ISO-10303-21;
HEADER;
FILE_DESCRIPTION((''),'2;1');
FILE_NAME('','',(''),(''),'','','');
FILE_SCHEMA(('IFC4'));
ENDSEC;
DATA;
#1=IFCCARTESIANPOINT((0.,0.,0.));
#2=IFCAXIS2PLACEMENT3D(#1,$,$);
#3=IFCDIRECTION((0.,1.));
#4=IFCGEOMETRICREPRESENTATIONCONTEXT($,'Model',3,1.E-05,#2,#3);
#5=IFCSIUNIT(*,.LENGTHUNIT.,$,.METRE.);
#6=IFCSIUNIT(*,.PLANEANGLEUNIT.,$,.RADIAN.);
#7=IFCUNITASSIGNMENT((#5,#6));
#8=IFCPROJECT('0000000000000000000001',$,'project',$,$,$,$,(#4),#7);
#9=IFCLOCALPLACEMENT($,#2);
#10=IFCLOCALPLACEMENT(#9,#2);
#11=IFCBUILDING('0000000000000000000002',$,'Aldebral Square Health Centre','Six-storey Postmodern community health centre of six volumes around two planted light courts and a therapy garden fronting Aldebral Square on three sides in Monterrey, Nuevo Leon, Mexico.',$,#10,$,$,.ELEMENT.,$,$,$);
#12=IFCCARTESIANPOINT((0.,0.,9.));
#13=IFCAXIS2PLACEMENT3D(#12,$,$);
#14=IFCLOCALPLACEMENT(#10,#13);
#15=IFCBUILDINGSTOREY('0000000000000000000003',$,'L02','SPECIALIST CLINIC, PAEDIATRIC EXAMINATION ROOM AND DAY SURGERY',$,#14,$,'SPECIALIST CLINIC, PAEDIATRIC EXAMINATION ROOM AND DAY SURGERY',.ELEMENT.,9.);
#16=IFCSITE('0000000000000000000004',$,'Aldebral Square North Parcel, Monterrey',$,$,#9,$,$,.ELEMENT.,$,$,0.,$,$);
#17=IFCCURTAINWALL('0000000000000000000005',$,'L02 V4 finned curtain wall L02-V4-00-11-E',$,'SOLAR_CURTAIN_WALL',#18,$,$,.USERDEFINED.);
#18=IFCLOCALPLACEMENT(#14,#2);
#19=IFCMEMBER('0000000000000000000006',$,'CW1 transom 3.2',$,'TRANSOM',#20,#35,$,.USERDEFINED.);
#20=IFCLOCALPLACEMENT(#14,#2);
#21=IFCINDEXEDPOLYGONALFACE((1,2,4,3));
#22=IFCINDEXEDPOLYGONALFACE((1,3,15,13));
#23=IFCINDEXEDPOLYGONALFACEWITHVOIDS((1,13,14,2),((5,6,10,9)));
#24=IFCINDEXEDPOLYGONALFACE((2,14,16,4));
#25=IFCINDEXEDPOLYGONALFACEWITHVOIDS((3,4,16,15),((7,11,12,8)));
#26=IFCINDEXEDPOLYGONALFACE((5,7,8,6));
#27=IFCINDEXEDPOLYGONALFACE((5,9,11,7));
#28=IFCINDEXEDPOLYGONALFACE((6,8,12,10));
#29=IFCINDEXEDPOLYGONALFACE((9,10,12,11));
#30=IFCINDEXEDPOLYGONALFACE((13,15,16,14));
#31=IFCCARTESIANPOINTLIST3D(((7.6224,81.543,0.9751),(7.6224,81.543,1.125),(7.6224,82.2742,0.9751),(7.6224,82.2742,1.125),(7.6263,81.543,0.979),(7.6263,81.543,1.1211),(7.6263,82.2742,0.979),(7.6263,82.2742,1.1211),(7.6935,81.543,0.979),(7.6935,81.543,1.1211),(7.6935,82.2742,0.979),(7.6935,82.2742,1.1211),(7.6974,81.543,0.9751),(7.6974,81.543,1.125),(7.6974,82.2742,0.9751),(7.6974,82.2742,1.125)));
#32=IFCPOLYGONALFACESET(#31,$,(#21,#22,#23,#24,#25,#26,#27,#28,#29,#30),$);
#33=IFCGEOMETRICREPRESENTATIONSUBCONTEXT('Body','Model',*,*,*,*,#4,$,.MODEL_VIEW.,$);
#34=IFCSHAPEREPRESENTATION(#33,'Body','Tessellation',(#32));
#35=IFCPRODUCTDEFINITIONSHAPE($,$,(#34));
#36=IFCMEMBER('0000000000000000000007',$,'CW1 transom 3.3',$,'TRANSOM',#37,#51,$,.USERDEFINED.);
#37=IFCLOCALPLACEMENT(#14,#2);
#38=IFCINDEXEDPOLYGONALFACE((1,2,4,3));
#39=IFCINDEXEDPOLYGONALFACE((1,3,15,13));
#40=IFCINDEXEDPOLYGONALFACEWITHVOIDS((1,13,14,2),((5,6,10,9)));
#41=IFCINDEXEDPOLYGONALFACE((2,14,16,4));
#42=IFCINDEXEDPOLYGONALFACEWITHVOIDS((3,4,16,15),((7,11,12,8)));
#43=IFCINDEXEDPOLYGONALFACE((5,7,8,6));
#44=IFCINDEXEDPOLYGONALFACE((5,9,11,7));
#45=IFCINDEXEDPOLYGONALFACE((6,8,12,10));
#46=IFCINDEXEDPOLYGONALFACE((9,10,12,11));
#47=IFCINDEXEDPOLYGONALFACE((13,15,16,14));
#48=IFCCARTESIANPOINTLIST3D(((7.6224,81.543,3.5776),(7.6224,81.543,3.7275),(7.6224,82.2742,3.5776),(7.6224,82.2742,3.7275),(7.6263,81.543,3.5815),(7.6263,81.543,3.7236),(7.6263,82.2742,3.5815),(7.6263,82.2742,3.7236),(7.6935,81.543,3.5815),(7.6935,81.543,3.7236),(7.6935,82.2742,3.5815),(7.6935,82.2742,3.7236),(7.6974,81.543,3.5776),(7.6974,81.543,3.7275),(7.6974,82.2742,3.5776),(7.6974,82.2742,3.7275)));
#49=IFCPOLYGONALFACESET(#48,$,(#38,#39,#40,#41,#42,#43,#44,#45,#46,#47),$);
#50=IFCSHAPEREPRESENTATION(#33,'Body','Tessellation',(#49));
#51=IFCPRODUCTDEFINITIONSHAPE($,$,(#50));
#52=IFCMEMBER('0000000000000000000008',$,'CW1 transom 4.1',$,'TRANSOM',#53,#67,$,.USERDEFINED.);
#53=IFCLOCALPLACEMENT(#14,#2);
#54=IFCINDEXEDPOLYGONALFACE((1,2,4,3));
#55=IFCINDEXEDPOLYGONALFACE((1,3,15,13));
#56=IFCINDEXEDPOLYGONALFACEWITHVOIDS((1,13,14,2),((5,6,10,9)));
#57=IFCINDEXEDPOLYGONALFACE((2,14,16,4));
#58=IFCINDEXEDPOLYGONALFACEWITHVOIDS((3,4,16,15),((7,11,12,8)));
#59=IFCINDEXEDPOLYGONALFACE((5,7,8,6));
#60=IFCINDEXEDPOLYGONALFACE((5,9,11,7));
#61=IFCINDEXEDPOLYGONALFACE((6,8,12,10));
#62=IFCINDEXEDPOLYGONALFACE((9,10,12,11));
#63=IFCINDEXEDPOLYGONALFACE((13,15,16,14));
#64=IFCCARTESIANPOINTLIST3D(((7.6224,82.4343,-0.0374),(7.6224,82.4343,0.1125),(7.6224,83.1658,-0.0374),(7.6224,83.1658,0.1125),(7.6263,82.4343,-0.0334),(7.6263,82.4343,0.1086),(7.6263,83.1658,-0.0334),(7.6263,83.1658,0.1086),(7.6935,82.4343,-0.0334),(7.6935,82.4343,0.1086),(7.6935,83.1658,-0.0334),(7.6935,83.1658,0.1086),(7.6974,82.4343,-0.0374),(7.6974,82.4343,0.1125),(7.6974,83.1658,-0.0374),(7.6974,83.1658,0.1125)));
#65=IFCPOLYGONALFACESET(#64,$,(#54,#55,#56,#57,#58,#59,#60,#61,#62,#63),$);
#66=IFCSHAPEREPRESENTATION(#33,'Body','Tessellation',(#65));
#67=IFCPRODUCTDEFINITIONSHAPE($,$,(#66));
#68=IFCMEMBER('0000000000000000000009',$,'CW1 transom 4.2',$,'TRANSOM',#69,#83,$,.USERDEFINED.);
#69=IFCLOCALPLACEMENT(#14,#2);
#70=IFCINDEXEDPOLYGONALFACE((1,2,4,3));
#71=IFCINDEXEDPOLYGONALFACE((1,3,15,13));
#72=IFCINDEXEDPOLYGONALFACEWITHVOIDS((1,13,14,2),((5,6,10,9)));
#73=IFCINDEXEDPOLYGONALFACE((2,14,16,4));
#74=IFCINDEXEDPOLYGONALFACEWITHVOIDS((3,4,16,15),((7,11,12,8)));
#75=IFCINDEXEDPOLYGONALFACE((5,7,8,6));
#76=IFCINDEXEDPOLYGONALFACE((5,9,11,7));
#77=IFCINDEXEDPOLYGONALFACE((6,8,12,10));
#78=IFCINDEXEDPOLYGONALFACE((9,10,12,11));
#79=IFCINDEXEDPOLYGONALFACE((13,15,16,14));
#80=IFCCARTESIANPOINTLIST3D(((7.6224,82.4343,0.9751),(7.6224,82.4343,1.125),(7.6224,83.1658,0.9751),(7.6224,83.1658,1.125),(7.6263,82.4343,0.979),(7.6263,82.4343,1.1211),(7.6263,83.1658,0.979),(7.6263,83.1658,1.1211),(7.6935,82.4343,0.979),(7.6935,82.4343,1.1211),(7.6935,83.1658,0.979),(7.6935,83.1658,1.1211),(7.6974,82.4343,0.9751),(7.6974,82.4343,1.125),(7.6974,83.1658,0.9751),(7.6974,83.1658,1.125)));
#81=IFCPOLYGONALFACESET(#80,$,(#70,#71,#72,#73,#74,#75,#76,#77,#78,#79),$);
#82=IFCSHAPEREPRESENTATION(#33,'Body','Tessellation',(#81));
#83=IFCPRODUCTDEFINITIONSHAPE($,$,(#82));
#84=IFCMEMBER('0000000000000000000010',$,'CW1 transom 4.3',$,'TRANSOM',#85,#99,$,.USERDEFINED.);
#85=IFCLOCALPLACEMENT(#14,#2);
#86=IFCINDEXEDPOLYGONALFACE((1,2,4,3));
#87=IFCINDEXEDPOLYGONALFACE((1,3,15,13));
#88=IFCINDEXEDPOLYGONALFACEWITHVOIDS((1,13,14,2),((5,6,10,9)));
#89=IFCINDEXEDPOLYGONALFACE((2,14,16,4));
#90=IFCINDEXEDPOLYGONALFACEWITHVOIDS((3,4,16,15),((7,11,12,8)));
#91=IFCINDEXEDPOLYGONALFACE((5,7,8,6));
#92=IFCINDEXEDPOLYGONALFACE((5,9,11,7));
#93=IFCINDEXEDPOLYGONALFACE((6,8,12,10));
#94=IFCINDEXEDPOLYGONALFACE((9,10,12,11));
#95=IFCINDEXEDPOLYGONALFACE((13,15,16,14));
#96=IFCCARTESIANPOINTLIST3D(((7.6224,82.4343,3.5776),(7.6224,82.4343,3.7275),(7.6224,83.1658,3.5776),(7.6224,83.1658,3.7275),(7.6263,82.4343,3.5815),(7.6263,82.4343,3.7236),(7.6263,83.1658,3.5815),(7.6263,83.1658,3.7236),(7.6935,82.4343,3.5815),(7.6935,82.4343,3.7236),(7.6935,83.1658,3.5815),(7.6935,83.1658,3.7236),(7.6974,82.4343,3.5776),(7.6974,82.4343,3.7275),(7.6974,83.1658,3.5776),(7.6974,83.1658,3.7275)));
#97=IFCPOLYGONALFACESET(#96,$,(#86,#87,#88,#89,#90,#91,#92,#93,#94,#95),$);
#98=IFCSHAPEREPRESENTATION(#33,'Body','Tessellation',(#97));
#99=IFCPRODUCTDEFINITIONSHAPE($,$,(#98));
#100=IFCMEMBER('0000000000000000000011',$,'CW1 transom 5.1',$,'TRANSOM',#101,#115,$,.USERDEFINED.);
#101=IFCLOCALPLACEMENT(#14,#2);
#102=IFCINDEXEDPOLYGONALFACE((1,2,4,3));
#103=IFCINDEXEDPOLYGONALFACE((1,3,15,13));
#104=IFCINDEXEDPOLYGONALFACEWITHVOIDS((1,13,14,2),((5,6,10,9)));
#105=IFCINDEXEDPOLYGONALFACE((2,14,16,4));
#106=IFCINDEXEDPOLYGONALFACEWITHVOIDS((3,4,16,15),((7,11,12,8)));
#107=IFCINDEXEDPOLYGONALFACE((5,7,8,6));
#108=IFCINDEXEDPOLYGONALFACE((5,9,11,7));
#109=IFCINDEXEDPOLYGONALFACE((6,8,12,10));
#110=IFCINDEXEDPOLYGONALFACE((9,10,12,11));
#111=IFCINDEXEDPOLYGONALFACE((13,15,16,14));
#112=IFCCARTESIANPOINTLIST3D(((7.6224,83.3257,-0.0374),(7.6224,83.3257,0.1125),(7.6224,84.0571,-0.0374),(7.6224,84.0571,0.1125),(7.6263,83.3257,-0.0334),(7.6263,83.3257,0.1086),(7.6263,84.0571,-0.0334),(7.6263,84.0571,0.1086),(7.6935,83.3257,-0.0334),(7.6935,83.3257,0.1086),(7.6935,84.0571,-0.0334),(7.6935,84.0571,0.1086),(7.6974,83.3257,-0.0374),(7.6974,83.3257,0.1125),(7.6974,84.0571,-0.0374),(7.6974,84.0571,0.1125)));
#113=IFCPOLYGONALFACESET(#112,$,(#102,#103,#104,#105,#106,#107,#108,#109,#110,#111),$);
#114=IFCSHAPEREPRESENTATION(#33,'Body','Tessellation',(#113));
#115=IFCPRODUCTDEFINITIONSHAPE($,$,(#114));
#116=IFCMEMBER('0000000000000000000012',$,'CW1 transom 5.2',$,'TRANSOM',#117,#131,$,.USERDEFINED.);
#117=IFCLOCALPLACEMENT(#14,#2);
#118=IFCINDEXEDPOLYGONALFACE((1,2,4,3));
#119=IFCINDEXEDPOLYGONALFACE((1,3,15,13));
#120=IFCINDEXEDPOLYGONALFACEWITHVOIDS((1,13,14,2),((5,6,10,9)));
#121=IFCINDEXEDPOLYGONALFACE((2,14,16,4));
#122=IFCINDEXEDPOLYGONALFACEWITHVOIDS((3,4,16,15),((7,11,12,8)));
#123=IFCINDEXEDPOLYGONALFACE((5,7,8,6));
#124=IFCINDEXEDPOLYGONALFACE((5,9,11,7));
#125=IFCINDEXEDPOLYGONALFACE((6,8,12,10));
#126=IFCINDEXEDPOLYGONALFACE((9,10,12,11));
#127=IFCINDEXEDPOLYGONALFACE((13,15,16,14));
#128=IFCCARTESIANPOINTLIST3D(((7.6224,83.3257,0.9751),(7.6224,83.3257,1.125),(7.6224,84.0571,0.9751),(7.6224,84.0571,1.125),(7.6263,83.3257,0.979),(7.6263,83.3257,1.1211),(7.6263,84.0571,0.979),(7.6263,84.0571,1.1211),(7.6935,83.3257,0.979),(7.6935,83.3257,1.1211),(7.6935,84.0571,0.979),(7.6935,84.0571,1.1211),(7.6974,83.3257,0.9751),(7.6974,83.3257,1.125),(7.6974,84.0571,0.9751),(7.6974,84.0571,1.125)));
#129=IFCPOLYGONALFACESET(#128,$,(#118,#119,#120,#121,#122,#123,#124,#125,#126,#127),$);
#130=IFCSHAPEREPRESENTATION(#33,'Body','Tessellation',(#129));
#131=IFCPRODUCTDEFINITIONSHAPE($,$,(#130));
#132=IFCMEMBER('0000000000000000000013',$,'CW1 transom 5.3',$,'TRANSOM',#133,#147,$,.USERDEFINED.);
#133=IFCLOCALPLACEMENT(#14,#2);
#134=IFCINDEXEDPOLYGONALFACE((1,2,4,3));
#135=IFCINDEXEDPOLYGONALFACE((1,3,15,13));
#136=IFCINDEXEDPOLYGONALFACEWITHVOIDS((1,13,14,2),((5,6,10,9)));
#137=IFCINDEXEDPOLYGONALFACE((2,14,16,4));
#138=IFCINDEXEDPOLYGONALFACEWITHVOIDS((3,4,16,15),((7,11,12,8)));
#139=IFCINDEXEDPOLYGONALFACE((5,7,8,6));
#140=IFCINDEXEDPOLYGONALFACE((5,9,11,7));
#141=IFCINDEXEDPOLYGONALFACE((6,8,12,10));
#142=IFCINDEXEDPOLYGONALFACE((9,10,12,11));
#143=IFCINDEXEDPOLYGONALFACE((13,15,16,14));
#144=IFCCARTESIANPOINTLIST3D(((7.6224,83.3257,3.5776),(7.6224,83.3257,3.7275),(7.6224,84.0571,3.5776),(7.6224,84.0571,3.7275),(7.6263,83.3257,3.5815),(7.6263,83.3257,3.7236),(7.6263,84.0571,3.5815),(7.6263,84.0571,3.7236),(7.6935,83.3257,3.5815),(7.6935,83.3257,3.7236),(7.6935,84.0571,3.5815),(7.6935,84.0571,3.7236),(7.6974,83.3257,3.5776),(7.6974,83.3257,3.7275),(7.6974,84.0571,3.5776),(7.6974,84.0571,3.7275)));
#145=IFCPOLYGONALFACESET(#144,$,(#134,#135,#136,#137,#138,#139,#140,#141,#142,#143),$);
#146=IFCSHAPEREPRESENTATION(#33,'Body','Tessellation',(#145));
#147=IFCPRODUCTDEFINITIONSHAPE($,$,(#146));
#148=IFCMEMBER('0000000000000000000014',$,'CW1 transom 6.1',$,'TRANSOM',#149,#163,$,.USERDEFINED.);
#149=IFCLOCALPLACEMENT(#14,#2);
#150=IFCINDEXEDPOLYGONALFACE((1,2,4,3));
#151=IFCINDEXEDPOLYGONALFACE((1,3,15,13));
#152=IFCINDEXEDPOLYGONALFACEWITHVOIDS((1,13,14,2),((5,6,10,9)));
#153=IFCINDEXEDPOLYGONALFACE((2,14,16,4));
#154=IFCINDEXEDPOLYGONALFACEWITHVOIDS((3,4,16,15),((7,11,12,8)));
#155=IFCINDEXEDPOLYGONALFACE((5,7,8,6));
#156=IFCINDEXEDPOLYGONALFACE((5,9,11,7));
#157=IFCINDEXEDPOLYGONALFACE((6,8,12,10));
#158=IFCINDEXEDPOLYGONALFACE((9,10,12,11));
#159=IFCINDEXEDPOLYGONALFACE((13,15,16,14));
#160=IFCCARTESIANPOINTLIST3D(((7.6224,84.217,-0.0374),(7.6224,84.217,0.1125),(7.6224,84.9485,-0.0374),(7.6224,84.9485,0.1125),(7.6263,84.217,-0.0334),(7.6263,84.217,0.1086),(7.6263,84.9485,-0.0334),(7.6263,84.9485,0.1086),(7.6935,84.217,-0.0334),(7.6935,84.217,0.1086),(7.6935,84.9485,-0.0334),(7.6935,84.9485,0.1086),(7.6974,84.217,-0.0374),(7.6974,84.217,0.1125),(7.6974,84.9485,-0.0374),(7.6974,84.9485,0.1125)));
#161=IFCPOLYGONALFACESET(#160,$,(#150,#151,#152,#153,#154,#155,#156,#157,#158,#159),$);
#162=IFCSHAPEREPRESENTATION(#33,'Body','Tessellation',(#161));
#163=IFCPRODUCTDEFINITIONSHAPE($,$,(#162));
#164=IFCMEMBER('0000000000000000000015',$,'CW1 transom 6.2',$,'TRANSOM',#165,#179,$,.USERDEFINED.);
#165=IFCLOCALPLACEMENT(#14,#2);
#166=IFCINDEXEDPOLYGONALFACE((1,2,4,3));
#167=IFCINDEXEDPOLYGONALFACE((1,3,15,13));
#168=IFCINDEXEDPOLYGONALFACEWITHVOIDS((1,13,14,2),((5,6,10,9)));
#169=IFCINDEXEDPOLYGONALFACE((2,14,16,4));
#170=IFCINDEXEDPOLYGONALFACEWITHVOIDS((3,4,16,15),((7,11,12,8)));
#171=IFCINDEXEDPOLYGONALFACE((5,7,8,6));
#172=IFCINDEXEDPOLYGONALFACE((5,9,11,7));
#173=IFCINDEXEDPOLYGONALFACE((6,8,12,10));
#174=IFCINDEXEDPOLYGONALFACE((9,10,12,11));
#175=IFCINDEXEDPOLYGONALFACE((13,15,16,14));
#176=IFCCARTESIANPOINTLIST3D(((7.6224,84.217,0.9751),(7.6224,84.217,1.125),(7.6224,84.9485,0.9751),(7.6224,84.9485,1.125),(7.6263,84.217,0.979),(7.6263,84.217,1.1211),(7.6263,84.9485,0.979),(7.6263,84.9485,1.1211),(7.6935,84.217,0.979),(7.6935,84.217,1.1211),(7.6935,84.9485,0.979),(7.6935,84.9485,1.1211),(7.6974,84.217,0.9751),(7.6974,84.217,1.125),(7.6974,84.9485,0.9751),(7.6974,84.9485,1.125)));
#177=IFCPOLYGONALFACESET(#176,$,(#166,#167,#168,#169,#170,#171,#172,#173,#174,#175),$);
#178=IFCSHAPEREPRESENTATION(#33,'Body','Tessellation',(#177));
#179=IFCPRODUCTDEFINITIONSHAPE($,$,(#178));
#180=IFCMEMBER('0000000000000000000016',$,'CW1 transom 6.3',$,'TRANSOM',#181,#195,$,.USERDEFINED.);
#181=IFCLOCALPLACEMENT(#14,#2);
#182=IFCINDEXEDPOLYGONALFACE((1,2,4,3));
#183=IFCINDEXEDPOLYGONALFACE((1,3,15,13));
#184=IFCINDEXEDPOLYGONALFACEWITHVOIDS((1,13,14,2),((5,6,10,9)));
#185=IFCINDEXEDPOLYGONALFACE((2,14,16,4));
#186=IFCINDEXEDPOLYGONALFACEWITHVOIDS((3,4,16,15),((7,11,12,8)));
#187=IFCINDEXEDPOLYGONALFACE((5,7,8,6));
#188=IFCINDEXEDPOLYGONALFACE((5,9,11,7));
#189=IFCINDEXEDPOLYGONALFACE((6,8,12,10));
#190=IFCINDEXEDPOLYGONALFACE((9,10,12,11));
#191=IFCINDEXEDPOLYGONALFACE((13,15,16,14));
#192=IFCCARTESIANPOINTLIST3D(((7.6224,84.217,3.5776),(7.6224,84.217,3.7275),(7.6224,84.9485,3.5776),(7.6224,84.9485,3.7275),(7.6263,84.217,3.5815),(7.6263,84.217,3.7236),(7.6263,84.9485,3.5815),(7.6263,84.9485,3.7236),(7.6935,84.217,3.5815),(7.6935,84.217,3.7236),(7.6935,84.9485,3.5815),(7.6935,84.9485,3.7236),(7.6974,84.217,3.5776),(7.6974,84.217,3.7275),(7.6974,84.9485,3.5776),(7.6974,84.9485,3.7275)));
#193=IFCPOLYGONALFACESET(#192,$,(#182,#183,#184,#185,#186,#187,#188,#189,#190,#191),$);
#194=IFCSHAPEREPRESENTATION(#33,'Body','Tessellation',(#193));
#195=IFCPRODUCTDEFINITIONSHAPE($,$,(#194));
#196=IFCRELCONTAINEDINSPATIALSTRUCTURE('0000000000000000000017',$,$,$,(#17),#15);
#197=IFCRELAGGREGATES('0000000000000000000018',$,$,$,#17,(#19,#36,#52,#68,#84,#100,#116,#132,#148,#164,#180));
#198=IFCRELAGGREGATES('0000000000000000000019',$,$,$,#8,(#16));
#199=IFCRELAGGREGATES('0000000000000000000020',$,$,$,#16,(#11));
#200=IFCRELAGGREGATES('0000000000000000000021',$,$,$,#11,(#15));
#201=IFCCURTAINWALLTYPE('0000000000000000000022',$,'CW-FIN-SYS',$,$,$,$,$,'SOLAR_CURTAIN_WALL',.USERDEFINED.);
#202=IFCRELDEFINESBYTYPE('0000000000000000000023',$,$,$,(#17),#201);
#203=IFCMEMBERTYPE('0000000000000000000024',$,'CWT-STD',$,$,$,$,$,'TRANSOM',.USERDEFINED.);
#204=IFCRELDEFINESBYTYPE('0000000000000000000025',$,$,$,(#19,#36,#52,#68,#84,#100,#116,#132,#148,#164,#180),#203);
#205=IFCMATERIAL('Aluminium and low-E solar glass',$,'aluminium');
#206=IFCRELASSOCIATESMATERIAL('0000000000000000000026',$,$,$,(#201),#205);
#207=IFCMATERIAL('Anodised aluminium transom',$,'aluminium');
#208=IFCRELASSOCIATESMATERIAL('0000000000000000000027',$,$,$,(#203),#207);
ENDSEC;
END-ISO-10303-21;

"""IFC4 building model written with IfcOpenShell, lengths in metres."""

from ifc_helpers import new_model, si_unit, direction, frame, origin, origin_2d, place, context, subcontext, project, spatial, hollow_rectangle, extrude, material, material_profile, profile_set, type_object, element, aggregate, save


model = new_model("IFC4")

# Units and contexts
model_context = context("Model", 3, precision=1e-05, world=origin(), true_north=direction((0.0, 1.0)))
body_context = subcontext(model_context, "Body", "Model", "MODEL_VIEW")
ifc_project = project(units=[si_unit("LENGTHUNIT", "METRE"), si_unit("PLANEANGLEUNIT", "RADIAN")], contexts=[model_context])

# Site, building, storey
site_placement = place(None, origin())
site = spatial("IfcSite", under=ifc_project, at=site_placement, Name="Aldebral Square North Parcel, Monterrey", CompositionType="ELEMENT", RefElevation=0.0)
building_placement = place(site_placement, origin())
building = spatial("IfcBuilding", under=site, at=building_placement, Name="Aldebral Square Health Centre", Description="Six-storey Postmodern community health centre of six volumes around two planted light courts and a therapy garden fronting Aldebral Square on three sides in Monterrey, Nuevo Leon, Mexico.", CompositionType="ELEMENT")
storey_placement = place(building_placement, frame((0.0, 0.0, 9.0)))
storey = spatial("IfcBuildingStorey", under=building, at=storey_placement, Name="L02", Description="SPECIALIST CLINIC, PAEDIATRIC EXAMINATION ROOM AND DAY SURGERY", LongName="SPECIALIST CLINIC, PAEDIATRIC EXAMINATION ROOM AND DAY SURGERY", CompositionType="ELEMENT", Elevation=9.0)

# Curtain wall, members
ifc_material_1 = material(Name="Aluminium and low-E solar glass", Category="aluminium")
curtain_wall_type = type_object("IfcCurtainWallType", Name="CW-FIN-SYS", ElementType="SOLAR_CURTAIN_WALL", PredefinedType="USERDEFINED", material=ifc_material_1)
curtain_wall_placement = place(storey_placement, origin())
curtain_wall = element("IfcCurtainWall", 1, at=curtain_wall_placement, inside=storey, type_object=curtain_wall_type, Name="L02 V4 finned curtain wall L02-V4-00-11-E", ObjectType="SOLAR_CURTAIN_WALL", PredefinedType="USERDEFINED")
ifc_material_2 = material(Name="Anodised aluminium transom", Category="aluminium")
ifc_material_profile_1 = material_profile(ifc_material_2, hollow_rectangle(XDim=0.075, YDim=0.1499, WallThickness=0.0039, at=origin_2d()), Name="CWT 75x150x4")
ifc_profile_set_1 = profile_set([ifc_material_profile_1], Name="Anodised aluminium transom")
member_type_1 = type_object("IfcMemberType", Name="CWT-STD", ElementType="TRANSOM", PredefinedType="USERDEFINED", material=ifc_profile_set_1)
member_1_placement = place(storey_placement, frame((7.6599, 81.543, 1.05), z_axis=(0.0, 1.0, 0.0), x_axis=(-1.0, 0.0, 0.0)))
member_1 = element("IfcMember", 2, at=member_1_placement, type_object=member_type_1, Name="CW1 transom 3.2", ObjectType="TRANSOM", PredefinedType="USERDEFINED", context=body_context, shape_type="SweptSolid", body=[
    extrude(hollow_rectangle(XDim=0.075, YDim=0.1499, WallThickness=0.0039, at=origin_2d()), origin(), (0.0, 0.0, 1.0), 0.7312),
])
member_2_placement = place(storey_placement, frame((7.6599, 81.543, 3.6526), z_axis=(0.0, 1.0, 0.0), x_axis=(-1.0, 0.0, 0.0)))
member_2 = element("IfcMember", 3, at=member_2_placement, type_object=member_type_1, Name="CW1 transom 3.3", ObjectType="TRANSOM", PredefinedType="USERDEFINED", context=body_context, shape_type="SweptSolid", body=[
    extrude(hollow_rectangle(XDim=0.075, YDim=0.1499, WallThickness=0.0039, at=origin_2d()), origin(), (0.0, 0.0, 1.0), 0.7312),
])
member_3_placement = place(storey_placement, frame((7.6599, 82.4343, 0.0376), z_axis=(0.0, 1.0, 0.0), x_axis=(-1.0, 0.0, 0.0)))
member_3 = element("IfcMember", 4, at=member_3_placement, type_object=member_type_1, Name="CW1 transom 4.1", ObjectType="TRANSOM", PredefinedType="USERDEFINED", context=body_context, shape_type="SweptSolid", body=[
    extrude(hollow_rectangle(XDim=0.075, YDim=0.1499, WallThickness=0.0039, at=origin_2d()), origin(), (0.0, 0.0, 1.0), 0.7314),
])
member_4_placement = place(storey_placement, frame((7.6599, 82.4343, 1.05), z_axis=(0.0, 1.0, 0.0), x_axis=(-1.0, 0.0, 0.0)))
member_4 = element("IfcMember", 5, at=member_4_placement, type_object=member_type_1, Name="CW1 transom 4.2", ObjectType="TRANSOM", PredefinedType="USERDEFINED", context=body_context, shape_type="SweptSolid", body=[
    extrude(hollow_rectangle(XDim=0.075, YDim=0.1499, WallThickness=0.0039, at=origin_2d()), origin(), (0.0, 0.0, 1.0), 0.7314),
])
member_5_placement = place(storey_placement, frame((7.6599, 82.4343, 3.6526), z_axis=(0.0, 1.0, 0.0), x_axis=(-1.0, 0.0, 0.0)))
member_5 = element("IfcMember", 6, at=member_5_placement, type_object=member_type_1, Name="CW1 transom 4.3", ObjectType="TRANSOM", PredefinedType="USERDEFINED", context=body_context, shape_type="SweptSolid", body=[
    extrude(hollow_rectangle(XDim=0.075, YDim=0.1499, WallThickness=0.0039, at=origin_2d()), origin(), (0.0, 0.0, 1.0), 0.7314),
])
member_6_placement = place(storey_placement, frame((7.6599, 83.3257, 0.0376), z_axis=(0.0, 1.0, 0.0), x_axis=(-1.0, 0.0, 0.0)))
member_6 = element("IfcMember", 7, at=member_6_placement, type_object=member_type_1, Name="CW1 transom 5.1", ObjectType="TRANSOM", PredefinedType="USERDEFINED", context=body_context, shape_type="SweptSolid", body=[
    extrude(hollow_rectangle(XDim=0.075, YDim=0.1499, WallThickness=0.0039, at=origin_2d()), origin(), (0.0, 0.0, 1.0), 0.7314),
])
member_7_placement = place(storey_placement, frame((7.6599, 83.3257, 1.05), z_axis=(0.0, 1.0, 0.0), x_axis=(-1.0, 0.0, 0.0)))
member_7 = element("IfcMember", 8, at=member_7_placement, type_object=member_type_1, Name="CW1 transom 5.2", ObjectType="TRANSOM", PredefinedType="USERDEFINED", context=body_context, shape_type="SweptSolid", body=[
    extrude(hollow_rectangle(XDim=0.075, YDim=0.1499, WallThickness=0.0039, at=origin_2d()), origin(), (0.0, 0.0, 1.0), 0.7314),
])
member_8_placement = place(storey_placement, frame((7.6599, 83.3257, 3.6526), z_axis=(0.0, 1.0, 0.0), x_axis=(-1.0, 0.0, 0.0)))
member_8 = element("IfcMember", 9, at=member_8_placement, type_object=member_type_1, Name="CW1 transom 5.3", ObjectType="TRANSOM", PredefinedType="USERDEFINED", context=body_context, shape_type="SweptSolid", body=[
    extrude(hollow_rectangle(XDim=0.075, YDim=0.1499, WallThickness=0.0039, at=origin_2d()), origin(), (0.0, 0.0, 1.0), 0.7314),
])
member_9_placement = place(storey_placement, frame((7.6599, 84.217, 0.0376), z_axis=(0.0, 1.0, 0.0), x_axis=(-1.0, 0.0, 0.0)))
member_9 = element("IfcMember", 10, at=member_9_placement, type_object=member_type_1, Name="CW1 transom 6.1", ObjectType="TRANSOM", PredefinedType="USERDEFINED", context=body_context, shape_type="SweptSolid", body=[
    extrude(hollow_rectangle(XDim=0.075, YDim=0.1499, WallThickness=0.0039, at=origin_2d()), origin(), (0.0, 0.0, 1.0), 0.7314),
])
member_10_placement = place(storey_placement, frame((7.6599, 84.217, 1.05), z_axis=(0.0, 1.0, 0.0), x_axis=(-1.0, 0.0, 0.0)))
member_10 = element("IfcMember", 11, at=member_10_placement, type_object=member_type_1, Name="CW1 transom 6.2", ObjectType="TRANSOM", PredefinedType="USERDEFINED", context=body_context, shape_type="SweptSolid", body=[
    extrude(hollow_rectangle(XDim=0.075, YDim=0.1499, WallThickness=0.0039, at=origin_2d()), origin(), (0.0, 0.0, 1.0), 0.7314),
])
member_11_placement = place(storey_placement, frame((7.6599, 84.217, 3.6526), z_axis=(0.0, 1.0, 0.0), x_axis=(-1.0, 0.0, 0.0)))
member_11 = element("IfcMember", 12, at=member_11_placement, type_object=member_type_1, Name="CW1 transom 6.3", ObjectType="TRANSOM", PredefinedType="USERDEFINED", context=body_context, shape_type="SweptSolid", body=[
    extrude(hollow_rectangle(XDim=0.075, YDim=0.1499, WallThickness=0.0039, at=origin_2d()), origin(), (0.0, 0.0, 1.0), 0.7314),
])
aggregate(curtain_wall, [member_1, member_2, member_3, member_4, member_5, member_6, member_7, member_8, member_9, member_10, member_11])

save(model, "model.ifc")
